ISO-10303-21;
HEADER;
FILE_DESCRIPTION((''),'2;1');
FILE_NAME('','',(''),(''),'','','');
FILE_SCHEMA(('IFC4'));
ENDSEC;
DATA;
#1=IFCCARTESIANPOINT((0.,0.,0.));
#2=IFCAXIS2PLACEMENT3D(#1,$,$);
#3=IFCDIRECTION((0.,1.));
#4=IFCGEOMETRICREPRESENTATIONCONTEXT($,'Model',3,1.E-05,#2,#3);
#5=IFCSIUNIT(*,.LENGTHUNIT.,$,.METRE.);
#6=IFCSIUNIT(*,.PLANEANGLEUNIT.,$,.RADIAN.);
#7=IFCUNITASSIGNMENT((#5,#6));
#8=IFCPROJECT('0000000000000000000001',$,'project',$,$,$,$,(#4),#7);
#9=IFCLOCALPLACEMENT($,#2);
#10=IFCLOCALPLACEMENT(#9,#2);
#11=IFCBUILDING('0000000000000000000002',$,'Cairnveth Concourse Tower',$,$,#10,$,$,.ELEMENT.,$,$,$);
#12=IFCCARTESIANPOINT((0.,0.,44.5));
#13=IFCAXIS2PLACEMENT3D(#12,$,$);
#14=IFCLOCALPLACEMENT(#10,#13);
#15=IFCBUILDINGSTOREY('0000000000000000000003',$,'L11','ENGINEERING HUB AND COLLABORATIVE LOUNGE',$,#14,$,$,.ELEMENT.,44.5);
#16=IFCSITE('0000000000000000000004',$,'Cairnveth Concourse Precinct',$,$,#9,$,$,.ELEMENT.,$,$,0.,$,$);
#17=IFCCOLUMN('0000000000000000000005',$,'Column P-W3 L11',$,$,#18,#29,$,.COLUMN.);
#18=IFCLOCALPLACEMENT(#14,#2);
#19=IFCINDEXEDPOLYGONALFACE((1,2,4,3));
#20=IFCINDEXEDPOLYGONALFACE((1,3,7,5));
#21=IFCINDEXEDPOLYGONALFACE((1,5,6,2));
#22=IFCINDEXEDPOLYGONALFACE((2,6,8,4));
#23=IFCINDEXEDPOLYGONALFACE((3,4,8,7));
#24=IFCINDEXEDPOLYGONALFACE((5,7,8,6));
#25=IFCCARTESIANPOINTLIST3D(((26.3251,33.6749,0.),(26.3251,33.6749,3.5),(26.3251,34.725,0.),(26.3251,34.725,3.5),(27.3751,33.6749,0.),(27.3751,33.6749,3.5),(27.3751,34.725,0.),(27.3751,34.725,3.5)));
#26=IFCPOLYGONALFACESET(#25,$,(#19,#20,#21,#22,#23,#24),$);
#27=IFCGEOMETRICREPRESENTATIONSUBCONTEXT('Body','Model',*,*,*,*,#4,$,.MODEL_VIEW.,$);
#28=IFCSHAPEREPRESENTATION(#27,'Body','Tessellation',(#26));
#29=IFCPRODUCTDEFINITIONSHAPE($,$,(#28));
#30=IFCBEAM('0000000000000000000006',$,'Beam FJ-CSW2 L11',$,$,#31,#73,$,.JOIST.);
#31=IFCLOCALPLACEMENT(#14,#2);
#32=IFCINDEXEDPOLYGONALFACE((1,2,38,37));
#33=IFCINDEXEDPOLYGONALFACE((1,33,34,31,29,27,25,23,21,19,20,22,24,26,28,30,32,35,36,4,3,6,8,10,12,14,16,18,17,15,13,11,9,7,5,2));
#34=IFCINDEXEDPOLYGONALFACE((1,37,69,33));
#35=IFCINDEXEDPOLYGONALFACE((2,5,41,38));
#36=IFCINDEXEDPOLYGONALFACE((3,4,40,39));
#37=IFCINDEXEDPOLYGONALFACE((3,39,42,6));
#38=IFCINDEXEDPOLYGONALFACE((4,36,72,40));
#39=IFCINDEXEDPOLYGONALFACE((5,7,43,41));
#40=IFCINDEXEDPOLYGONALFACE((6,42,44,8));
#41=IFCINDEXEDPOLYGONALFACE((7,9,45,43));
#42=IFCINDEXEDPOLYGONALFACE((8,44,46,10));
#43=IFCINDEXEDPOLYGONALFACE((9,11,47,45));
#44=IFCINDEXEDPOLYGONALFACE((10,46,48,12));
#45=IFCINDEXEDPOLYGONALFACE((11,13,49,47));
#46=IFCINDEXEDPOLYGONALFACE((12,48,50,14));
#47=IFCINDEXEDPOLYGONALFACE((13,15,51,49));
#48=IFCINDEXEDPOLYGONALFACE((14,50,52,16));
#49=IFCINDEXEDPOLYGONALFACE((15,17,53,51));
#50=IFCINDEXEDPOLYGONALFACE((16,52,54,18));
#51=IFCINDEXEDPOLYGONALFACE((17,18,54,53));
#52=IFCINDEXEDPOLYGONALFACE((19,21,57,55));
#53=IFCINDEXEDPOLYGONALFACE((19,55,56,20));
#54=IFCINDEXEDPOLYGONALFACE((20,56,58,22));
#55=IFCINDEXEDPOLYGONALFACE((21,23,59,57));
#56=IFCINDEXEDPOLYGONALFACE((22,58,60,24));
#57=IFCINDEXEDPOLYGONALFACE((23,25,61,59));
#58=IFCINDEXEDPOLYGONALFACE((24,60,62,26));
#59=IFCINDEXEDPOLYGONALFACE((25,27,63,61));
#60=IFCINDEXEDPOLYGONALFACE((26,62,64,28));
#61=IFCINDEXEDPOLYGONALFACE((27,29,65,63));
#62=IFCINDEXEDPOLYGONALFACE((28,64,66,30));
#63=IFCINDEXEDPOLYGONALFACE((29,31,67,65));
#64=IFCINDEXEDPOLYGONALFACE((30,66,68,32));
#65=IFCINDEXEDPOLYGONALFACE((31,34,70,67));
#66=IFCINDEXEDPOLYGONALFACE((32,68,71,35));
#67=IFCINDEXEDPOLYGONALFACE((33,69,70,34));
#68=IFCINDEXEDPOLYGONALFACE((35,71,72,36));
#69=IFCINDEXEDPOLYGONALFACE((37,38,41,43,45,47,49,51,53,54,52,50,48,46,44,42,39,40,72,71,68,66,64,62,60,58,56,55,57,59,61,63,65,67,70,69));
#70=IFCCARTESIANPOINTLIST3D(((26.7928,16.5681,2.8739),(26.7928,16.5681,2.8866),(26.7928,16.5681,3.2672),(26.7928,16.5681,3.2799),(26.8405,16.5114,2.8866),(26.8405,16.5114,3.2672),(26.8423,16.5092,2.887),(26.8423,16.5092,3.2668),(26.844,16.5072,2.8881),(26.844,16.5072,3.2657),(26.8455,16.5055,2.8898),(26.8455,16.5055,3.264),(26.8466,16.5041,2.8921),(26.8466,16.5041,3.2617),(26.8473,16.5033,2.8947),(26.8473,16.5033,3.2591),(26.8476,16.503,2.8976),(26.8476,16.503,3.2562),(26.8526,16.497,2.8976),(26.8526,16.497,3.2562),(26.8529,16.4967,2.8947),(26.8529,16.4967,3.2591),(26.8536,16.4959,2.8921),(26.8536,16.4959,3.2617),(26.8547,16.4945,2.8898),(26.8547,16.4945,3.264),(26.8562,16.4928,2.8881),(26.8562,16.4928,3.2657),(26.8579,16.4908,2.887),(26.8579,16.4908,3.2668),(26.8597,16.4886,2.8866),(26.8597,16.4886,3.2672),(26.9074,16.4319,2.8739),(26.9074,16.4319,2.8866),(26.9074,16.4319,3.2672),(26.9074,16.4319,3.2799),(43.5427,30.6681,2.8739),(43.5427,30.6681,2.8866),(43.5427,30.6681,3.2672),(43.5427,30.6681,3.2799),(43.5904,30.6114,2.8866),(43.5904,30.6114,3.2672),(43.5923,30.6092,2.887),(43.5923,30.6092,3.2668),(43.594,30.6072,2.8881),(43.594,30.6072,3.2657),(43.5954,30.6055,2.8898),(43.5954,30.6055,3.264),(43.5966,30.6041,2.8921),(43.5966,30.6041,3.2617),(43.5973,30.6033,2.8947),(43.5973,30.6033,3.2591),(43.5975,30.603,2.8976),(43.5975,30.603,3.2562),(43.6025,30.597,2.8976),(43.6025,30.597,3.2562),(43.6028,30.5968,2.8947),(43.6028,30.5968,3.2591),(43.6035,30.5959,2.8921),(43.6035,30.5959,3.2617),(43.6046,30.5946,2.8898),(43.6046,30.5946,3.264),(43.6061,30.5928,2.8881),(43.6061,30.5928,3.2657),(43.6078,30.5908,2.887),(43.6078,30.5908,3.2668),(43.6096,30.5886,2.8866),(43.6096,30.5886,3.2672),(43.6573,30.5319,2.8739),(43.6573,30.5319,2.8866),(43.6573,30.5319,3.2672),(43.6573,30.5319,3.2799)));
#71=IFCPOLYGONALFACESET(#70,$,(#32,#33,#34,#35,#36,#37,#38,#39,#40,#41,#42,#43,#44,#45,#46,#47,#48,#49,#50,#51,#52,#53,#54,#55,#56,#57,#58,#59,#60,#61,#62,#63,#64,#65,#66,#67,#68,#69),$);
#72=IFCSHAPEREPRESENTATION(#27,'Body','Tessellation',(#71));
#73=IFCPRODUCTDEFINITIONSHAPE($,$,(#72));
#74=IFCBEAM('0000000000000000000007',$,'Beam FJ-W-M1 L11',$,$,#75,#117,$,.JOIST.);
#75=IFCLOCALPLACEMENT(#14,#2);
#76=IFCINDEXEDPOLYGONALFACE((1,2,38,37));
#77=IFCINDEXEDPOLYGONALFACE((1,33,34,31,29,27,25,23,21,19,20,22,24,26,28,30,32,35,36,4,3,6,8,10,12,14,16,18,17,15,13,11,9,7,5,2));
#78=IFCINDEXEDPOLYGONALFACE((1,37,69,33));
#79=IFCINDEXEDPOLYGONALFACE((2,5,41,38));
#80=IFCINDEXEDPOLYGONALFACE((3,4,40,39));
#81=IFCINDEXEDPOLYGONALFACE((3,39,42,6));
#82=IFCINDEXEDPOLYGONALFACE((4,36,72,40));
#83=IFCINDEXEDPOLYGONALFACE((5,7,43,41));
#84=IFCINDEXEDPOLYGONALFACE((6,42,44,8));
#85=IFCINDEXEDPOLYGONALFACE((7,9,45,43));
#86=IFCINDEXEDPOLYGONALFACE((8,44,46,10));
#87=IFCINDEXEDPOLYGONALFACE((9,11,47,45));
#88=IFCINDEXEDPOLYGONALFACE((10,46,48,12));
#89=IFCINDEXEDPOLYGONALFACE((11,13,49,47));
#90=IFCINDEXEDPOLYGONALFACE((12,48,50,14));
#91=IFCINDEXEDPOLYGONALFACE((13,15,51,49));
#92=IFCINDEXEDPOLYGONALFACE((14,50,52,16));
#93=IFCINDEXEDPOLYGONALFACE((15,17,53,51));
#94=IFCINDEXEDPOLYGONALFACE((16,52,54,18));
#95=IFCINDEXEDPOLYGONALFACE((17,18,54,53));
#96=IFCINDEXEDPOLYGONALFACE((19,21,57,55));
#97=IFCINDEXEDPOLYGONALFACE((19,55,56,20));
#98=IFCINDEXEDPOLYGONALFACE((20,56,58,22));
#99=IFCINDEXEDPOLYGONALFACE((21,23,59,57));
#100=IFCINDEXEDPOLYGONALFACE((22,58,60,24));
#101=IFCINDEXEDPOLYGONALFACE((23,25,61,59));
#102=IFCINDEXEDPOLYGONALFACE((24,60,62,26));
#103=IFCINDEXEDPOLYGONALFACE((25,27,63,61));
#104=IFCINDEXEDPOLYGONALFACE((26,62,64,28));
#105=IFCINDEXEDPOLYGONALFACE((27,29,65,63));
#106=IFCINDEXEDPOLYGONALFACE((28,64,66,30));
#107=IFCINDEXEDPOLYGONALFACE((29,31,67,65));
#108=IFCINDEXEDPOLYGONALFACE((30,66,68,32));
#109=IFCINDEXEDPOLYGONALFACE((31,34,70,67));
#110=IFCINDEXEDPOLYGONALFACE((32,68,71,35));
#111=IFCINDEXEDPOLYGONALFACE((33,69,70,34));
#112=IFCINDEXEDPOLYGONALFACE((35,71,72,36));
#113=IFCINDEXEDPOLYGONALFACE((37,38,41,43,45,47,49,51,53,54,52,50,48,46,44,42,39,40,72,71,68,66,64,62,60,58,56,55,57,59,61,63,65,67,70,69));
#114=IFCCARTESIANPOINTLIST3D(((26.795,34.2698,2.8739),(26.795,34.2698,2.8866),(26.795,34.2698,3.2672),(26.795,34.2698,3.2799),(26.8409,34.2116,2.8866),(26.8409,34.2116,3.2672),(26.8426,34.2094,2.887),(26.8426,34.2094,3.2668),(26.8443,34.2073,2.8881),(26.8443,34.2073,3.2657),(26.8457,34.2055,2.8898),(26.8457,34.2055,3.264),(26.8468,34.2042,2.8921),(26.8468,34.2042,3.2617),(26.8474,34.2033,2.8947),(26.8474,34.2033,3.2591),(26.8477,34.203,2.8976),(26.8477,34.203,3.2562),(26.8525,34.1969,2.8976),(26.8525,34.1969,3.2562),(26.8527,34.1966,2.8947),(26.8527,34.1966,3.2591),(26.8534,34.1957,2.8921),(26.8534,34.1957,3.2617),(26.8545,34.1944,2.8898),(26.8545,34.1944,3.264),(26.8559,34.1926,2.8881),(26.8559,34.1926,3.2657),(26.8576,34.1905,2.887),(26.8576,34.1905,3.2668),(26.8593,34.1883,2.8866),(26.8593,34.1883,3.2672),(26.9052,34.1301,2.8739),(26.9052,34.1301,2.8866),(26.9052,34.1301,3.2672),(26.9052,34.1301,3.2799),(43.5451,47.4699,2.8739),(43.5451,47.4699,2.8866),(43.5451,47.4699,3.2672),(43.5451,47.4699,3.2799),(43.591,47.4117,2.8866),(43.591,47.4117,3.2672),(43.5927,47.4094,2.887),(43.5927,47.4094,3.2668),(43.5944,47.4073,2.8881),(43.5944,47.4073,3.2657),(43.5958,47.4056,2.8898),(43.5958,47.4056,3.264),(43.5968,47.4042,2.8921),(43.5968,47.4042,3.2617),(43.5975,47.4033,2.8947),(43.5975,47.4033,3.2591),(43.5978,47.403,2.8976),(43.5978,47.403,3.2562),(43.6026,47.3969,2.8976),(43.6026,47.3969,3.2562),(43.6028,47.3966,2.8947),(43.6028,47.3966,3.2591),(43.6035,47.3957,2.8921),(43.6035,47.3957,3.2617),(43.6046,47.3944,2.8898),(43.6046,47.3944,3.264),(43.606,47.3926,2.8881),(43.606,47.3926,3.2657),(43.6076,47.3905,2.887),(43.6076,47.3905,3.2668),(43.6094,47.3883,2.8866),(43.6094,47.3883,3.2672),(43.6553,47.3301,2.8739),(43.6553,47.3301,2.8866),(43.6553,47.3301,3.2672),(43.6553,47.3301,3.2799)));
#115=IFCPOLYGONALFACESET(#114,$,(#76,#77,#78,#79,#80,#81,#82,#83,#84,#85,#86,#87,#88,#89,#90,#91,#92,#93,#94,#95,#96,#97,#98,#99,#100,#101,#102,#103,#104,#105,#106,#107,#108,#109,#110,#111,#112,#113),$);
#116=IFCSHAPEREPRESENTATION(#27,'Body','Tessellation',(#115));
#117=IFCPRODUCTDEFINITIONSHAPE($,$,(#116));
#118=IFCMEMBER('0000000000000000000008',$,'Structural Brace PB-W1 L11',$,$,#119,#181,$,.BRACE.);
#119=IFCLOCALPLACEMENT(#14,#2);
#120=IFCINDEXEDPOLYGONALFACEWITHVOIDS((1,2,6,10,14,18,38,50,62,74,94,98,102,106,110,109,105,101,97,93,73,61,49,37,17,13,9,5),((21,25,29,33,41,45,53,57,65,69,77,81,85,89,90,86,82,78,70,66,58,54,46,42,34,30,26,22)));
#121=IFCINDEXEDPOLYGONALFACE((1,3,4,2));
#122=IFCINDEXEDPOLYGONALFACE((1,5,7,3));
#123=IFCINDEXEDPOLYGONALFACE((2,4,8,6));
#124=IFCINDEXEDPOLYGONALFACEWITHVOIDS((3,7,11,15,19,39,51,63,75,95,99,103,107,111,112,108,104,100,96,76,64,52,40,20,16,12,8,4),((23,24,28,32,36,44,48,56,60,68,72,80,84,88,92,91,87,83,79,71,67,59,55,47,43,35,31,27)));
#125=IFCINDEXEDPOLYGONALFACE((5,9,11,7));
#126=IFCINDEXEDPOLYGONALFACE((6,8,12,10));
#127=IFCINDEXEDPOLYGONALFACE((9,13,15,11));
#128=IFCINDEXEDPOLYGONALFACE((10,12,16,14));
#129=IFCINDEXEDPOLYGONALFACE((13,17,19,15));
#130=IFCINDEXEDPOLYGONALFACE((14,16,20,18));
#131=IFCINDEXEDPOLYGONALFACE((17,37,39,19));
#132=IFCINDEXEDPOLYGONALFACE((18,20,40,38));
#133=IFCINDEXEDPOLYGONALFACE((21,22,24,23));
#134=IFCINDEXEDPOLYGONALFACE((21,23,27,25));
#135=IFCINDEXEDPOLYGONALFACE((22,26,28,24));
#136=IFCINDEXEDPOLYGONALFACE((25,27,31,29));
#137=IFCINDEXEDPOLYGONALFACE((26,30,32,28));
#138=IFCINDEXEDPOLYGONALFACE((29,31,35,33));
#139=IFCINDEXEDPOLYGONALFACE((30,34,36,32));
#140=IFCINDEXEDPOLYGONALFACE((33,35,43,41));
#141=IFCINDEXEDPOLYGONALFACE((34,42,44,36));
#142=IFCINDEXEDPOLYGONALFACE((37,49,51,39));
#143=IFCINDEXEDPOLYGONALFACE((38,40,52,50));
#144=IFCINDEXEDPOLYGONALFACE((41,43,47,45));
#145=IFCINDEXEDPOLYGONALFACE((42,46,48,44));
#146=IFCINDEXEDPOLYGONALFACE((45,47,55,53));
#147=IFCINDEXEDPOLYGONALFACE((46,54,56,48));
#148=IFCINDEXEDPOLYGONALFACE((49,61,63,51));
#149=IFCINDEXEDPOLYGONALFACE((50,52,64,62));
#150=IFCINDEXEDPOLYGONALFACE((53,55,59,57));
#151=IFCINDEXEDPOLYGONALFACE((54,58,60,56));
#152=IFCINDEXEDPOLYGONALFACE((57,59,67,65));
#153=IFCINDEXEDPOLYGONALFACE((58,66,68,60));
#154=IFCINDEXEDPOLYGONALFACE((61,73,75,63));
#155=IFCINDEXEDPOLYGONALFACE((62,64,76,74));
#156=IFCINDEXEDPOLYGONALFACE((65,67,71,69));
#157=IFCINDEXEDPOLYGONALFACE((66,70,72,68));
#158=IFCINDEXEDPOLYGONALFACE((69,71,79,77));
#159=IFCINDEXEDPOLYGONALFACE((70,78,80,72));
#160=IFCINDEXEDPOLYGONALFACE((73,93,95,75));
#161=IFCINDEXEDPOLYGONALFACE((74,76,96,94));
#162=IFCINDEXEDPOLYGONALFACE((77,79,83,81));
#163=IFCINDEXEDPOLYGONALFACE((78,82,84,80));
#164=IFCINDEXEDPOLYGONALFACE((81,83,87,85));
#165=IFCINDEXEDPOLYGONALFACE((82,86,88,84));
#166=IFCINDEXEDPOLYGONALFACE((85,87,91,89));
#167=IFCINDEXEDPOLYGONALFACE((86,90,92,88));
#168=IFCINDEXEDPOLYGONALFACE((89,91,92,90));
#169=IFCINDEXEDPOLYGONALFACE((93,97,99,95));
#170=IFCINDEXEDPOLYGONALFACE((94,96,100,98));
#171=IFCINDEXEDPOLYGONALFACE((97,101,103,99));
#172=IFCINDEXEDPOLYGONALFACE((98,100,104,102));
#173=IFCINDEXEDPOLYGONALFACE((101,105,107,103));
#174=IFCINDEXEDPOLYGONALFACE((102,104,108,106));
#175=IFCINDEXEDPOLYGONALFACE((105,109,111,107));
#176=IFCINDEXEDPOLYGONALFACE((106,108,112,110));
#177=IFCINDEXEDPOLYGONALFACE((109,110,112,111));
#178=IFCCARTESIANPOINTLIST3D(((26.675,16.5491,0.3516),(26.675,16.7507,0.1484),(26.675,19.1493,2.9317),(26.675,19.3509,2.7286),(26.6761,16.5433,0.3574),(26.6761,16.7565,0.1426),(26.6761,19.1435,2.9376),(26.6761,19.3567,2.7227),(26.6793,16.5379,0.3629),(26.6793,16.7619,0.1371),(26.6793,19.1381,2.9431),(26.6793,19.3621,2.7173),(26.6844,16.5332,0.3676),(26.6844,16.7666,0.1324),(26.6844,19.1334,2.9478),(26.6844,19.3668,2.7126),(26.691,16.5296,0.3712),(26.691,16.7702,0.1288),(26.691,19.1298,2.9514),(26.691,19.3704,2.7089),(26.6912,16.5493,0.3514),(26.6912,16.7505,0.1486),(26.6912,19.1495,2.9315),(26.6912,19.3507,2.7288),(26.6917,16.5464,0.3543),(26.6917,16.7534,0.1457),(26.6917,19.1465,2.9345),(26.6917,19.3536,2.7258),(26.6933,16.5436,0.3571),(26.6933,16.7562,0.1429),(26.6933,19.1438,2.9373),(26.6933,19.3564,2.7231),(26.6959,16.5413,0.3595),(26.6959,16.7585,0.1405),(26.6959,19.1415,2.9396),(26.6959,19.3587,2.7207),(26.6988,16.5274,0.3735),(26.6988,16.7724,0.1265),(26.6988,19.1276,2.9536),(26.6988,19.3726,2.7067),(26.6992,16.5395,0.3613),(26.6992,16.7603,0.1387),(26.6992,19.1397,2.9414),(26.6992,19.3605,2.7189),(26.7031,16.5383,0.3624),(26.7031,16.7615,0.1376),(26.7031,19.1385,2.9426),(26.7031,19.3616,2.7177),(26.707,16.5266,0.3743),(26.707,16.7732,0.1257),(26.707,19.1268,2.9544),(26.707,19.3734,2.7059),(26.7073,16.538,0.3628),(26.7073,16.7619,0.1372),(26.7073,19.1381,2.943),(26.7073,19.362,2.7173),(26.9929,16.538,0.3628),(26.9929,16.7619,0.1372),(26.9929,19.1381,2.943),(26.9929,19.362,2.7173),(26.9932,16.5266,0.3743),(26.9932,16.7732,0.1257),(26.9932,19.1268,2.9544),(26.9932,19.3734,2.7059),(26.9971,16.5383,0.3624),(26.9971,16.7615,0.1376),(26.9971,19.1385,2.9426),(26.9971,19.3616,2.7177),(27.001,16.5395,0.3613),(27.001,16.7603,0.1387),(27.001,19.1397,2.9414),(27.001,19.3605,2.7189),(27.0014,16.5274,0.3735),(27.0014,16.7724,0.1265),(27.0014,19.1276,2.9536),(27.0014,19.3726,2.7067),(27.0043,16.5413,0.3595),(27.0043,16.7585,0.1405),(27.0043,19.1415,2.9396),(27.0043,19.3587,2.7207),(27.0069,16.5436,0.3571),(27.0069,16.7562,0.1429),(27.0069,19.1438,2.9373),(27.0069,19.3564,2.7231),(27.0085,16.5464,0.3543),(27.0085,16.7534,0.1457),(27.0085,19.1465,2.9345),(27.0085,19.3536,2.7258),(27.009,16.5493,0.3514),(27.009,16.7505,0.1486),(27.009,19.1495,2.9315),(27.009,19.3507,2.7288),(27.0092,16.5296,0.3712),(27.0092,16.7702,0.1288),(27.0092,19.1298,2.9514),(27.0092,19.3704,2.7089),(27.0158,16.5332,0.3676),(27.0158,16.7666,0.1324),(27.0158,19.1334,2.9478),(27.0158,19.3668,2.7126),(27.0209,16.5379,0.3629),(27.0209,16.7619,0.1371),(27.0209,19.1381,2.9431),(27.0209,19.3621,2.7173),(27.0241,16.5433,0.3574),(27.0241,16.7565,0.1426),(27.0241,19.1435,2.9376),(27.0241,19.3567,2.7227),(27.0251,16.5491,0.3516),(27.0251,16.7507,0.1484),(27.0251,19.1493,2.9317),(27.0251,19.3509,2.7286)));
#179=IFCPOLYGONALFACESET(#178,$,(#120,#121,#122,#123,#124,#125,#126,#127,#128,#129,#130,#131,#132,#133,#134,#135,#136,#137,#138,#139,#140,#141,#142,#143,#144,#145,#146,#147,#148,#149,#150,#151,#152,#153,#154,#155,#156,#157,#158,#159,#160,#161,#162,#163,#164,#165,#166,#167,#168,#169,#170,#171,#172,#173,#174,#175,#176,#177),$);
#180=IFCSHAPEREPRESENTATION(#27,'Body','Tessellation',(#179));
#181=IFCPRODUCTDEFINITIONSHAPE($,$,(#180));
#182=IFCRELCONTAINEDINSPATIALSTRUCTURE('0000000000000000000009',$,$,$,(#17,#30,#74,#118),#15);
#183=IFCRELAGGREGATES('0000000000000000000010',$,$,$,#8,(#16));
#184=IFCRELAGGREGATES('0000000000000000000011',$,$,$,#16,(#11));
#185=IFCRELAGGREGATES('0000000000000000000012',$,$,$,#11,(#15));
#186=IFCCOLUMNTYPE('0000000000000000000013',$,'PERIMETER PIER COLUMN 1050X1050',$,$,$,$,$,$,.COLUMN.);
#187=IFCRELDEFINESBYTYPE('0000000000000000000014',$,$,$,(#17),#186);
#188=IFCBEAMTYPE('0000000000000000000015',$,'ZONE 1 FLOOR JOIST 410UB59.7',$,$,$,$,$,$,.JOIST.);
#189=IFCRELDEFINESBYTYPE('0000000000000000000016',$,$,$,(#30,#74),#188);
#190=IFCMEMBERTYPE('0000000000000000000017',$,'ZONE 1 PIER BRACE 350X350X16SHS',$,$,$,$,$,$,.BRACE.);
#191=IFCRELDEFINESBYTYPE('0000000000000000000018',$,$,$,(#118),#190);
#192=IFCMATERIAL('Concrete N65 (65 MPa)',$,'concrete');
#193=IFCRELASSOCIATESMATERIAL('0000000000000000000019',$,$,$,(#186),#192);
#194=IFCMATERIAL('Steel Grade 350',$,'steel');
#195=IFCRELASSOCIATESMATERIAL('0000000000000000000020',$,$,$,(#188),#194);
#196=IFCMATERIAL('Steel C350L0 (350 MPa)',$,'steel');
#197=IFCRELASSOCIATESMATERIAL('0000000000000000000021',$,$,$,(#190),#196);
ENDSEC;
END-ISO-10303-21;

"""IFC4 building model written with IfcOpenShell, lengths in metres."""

from ifc_helpers import new_model, si_unit, direction, frame, origin, origin_2d, place, context, subcontext, project, spatial, rectangle, hollow_rectangle, i_section, extrude, material, material_profile, profile_set, type_object, element, save


model = new_model("IFC4")

# Units and contexts
model_context = context("Model", 3, precision=1e-05, world=origin(), true_north=direction((0.0, 1.0)))
body_context = subcontext(model_context, "Body", "Model", "MODEL_VIEW")
ifc_project = project(units=[si_unit("LENGTHUNIT", "METRE"), si_unit("PLANEANGLEUNIT", "RADIAN")], contexts=[model_context])

# Site, building, storey
site_placement = place(None, origin())
site = spatial("IfcSite", under=ifc_project, at=site_placement, Name="Cairnveth Concourse Precinct", CompositionType="ELEMENT", RefElevation=0.0)
building_placement = place(site_placement, origin())
building = spatial("IfcBuilding", under=site, at=building_placement, Name="Cairnveth Concourse Tower", CompositionType="ELEMENT")
storey_placement = place(building_placement, frame((0.0, 0.0, 44.5)))
storey = spatial("IfcBuildingStorey", under=building, at=storey_placement, Name="L11", Description="ENGINEERING HUB AND COLLABORATIVE LOUNGE", CompositionType="ELEMENT", Elevation=44.5)

# Column
ifc_material_1 = material(Name="Concrete N65 (65 MPa)", Category="concrete")
ifc_material_profile_1 = material_profile(ifc_material_1, rectangle(XDim=1.05, YDim=1.05, at=origin_2d()), Name="RC-COL-1050x1050")
ifc_profile_set_1 = profile_set([ifc_material_profile_1], Name="Concrete N65 (65 MPa)")
column_type = type_object("IfcColumnType", Name="PERIMETER PIER COLUMN 1050X1050", PredefinedType="COLUMN", material=ifc_profile_set_1)
column_placement = place(storey_placement, frame((26.8501, 34.2, 0.0), z_axis=(0.0, 0.0, 1.0), x_axis=(0.0, 1.0, 0.0)))
element("IfcColumn", 1, at=column_placement, inside=storey, type_object=column_type, Name="Column P-W3 L11", PredefinedType="COLUMN", context=body_context, shape_type="SweptSolid", body=[
    extrude(rectangle(XDim=1.05, YDim=1.05, at=origin_2d()), origin(), (0.0, 0.0, 1.0), 3.5),
])

# Beams
ifc_material_2 = material(Name="Steel Grade 350", Category="steel")
ifc_material_profile_2 = material_profile(ifc_material_2, i_section(OverallWidth=0.178, OverallDepth=0.406, WebThickness=0.0078, FlangeThickness=0.0127, FilletRadius=0.011, at=origin_2d()), Name="410UB59.7")
ifc_profile_set_2 = profile_set([ifc_material_profile_2], Name="Steel Grade 350")
beam_type_1 = type_object("IfcBeamType", Name="ZONE 1 FLOOR JOIST 410UB59.7", PredefinedType="JOIST", material=ifc_profile_set_2)
beam_1_placement = place(storey_placement, frame((26.8501, 16.5, 3.0769), z_axis=(0.765027, 0.643998, 0.0), x_axis=(-0.643998, 0.765027, 0.0)))
element("IfcBeam", 2, at=beam_1_placement, inside=storey, type_object=beam_type_1, Name="Beam FJ-CSW2 L11", PredefinedType="JOIST", context=body_context, shape_type="SweptSolid", body=[
    extrude(i_section(OverallWidth=0.178, OverallDepth=0.406, WebThickness=0.0078, FlangeThickness=0.0127, FilletRadius=0.011, at=origin_2d()), origin(), (0.0, 0.0, 1.0), 21.8945),
])
beam_2_placement = place(storey_placement, frame((26.8501, 34.2, 3.0769), z_axis=(0.785424, 0.618958, 0.0), x_axis=(-0.618958, 0.785424, 0.0)))
element("IfcBeam", 3, at=beam_2_placement, inside=storey, type_object=beam_type_1, Name="Beam FJ-W-M1 L11", PredefinedType="JOIST", context=body_context, shape_type="SweptSolid", body=[
    extrude(i_section(OverallWidth=0.178, OverallDepth=0.406, WebThickness=0.0078, FlangeThickness=0.0127, FilletRadius=0.011, at=origin_2d()), origin(), (0.0, 0.0, 1.0), 21.3262),
])

# Member
ifc_material_3 = material(Name="Steel C350L0 (350 MPa)", Category="steel")
ifc_material_profile_3 = material_profile(ifc_material_3, hollow_rectangle(XDim=0.3501, YDim=0.3501, WallThickness=0.0161, InnerFilletRadius=0.0161, OuterFilletRadius=0.032, at=origin_2d()), Name="350x350x16.0SHS")
ifc_profile_set_3 = profile_set([ifc_material_profile_3], Name="Steel C350L0 (350 MPa)")
member_type = type_object("IfcMemberType", Name="ZONE 1 PIER BRACE 350X350X16SHS", PredefinedType="BRACE", material=ifc_profile_set_3)
member_placement = place(storey_placement, frame((26.8501, 16.6499, 0.25), z_axis=(0.0, 0.709834, 0.704369), x_axis=(-1.0, 0.0, 0.0)))
element("IfcMember", 4, at=member_placement, inside=storey, type_object=member_type, Name="Structural Brace PB-W1 L11", PredefinedType="BRACE", context=body_context, shape_type="SweptSolid", body=[
    extrude(hollow_rectangle(XDim=0.3501, YDim=0.3501, WallThickness=0.0161, InnerFilletRadius=0.0161, OuterFilletRadius=0.032, at=origin_2d()), origin(), (0.0, 0.0, 1.0), 3.6631),
])

save(model, "model.ifc")
